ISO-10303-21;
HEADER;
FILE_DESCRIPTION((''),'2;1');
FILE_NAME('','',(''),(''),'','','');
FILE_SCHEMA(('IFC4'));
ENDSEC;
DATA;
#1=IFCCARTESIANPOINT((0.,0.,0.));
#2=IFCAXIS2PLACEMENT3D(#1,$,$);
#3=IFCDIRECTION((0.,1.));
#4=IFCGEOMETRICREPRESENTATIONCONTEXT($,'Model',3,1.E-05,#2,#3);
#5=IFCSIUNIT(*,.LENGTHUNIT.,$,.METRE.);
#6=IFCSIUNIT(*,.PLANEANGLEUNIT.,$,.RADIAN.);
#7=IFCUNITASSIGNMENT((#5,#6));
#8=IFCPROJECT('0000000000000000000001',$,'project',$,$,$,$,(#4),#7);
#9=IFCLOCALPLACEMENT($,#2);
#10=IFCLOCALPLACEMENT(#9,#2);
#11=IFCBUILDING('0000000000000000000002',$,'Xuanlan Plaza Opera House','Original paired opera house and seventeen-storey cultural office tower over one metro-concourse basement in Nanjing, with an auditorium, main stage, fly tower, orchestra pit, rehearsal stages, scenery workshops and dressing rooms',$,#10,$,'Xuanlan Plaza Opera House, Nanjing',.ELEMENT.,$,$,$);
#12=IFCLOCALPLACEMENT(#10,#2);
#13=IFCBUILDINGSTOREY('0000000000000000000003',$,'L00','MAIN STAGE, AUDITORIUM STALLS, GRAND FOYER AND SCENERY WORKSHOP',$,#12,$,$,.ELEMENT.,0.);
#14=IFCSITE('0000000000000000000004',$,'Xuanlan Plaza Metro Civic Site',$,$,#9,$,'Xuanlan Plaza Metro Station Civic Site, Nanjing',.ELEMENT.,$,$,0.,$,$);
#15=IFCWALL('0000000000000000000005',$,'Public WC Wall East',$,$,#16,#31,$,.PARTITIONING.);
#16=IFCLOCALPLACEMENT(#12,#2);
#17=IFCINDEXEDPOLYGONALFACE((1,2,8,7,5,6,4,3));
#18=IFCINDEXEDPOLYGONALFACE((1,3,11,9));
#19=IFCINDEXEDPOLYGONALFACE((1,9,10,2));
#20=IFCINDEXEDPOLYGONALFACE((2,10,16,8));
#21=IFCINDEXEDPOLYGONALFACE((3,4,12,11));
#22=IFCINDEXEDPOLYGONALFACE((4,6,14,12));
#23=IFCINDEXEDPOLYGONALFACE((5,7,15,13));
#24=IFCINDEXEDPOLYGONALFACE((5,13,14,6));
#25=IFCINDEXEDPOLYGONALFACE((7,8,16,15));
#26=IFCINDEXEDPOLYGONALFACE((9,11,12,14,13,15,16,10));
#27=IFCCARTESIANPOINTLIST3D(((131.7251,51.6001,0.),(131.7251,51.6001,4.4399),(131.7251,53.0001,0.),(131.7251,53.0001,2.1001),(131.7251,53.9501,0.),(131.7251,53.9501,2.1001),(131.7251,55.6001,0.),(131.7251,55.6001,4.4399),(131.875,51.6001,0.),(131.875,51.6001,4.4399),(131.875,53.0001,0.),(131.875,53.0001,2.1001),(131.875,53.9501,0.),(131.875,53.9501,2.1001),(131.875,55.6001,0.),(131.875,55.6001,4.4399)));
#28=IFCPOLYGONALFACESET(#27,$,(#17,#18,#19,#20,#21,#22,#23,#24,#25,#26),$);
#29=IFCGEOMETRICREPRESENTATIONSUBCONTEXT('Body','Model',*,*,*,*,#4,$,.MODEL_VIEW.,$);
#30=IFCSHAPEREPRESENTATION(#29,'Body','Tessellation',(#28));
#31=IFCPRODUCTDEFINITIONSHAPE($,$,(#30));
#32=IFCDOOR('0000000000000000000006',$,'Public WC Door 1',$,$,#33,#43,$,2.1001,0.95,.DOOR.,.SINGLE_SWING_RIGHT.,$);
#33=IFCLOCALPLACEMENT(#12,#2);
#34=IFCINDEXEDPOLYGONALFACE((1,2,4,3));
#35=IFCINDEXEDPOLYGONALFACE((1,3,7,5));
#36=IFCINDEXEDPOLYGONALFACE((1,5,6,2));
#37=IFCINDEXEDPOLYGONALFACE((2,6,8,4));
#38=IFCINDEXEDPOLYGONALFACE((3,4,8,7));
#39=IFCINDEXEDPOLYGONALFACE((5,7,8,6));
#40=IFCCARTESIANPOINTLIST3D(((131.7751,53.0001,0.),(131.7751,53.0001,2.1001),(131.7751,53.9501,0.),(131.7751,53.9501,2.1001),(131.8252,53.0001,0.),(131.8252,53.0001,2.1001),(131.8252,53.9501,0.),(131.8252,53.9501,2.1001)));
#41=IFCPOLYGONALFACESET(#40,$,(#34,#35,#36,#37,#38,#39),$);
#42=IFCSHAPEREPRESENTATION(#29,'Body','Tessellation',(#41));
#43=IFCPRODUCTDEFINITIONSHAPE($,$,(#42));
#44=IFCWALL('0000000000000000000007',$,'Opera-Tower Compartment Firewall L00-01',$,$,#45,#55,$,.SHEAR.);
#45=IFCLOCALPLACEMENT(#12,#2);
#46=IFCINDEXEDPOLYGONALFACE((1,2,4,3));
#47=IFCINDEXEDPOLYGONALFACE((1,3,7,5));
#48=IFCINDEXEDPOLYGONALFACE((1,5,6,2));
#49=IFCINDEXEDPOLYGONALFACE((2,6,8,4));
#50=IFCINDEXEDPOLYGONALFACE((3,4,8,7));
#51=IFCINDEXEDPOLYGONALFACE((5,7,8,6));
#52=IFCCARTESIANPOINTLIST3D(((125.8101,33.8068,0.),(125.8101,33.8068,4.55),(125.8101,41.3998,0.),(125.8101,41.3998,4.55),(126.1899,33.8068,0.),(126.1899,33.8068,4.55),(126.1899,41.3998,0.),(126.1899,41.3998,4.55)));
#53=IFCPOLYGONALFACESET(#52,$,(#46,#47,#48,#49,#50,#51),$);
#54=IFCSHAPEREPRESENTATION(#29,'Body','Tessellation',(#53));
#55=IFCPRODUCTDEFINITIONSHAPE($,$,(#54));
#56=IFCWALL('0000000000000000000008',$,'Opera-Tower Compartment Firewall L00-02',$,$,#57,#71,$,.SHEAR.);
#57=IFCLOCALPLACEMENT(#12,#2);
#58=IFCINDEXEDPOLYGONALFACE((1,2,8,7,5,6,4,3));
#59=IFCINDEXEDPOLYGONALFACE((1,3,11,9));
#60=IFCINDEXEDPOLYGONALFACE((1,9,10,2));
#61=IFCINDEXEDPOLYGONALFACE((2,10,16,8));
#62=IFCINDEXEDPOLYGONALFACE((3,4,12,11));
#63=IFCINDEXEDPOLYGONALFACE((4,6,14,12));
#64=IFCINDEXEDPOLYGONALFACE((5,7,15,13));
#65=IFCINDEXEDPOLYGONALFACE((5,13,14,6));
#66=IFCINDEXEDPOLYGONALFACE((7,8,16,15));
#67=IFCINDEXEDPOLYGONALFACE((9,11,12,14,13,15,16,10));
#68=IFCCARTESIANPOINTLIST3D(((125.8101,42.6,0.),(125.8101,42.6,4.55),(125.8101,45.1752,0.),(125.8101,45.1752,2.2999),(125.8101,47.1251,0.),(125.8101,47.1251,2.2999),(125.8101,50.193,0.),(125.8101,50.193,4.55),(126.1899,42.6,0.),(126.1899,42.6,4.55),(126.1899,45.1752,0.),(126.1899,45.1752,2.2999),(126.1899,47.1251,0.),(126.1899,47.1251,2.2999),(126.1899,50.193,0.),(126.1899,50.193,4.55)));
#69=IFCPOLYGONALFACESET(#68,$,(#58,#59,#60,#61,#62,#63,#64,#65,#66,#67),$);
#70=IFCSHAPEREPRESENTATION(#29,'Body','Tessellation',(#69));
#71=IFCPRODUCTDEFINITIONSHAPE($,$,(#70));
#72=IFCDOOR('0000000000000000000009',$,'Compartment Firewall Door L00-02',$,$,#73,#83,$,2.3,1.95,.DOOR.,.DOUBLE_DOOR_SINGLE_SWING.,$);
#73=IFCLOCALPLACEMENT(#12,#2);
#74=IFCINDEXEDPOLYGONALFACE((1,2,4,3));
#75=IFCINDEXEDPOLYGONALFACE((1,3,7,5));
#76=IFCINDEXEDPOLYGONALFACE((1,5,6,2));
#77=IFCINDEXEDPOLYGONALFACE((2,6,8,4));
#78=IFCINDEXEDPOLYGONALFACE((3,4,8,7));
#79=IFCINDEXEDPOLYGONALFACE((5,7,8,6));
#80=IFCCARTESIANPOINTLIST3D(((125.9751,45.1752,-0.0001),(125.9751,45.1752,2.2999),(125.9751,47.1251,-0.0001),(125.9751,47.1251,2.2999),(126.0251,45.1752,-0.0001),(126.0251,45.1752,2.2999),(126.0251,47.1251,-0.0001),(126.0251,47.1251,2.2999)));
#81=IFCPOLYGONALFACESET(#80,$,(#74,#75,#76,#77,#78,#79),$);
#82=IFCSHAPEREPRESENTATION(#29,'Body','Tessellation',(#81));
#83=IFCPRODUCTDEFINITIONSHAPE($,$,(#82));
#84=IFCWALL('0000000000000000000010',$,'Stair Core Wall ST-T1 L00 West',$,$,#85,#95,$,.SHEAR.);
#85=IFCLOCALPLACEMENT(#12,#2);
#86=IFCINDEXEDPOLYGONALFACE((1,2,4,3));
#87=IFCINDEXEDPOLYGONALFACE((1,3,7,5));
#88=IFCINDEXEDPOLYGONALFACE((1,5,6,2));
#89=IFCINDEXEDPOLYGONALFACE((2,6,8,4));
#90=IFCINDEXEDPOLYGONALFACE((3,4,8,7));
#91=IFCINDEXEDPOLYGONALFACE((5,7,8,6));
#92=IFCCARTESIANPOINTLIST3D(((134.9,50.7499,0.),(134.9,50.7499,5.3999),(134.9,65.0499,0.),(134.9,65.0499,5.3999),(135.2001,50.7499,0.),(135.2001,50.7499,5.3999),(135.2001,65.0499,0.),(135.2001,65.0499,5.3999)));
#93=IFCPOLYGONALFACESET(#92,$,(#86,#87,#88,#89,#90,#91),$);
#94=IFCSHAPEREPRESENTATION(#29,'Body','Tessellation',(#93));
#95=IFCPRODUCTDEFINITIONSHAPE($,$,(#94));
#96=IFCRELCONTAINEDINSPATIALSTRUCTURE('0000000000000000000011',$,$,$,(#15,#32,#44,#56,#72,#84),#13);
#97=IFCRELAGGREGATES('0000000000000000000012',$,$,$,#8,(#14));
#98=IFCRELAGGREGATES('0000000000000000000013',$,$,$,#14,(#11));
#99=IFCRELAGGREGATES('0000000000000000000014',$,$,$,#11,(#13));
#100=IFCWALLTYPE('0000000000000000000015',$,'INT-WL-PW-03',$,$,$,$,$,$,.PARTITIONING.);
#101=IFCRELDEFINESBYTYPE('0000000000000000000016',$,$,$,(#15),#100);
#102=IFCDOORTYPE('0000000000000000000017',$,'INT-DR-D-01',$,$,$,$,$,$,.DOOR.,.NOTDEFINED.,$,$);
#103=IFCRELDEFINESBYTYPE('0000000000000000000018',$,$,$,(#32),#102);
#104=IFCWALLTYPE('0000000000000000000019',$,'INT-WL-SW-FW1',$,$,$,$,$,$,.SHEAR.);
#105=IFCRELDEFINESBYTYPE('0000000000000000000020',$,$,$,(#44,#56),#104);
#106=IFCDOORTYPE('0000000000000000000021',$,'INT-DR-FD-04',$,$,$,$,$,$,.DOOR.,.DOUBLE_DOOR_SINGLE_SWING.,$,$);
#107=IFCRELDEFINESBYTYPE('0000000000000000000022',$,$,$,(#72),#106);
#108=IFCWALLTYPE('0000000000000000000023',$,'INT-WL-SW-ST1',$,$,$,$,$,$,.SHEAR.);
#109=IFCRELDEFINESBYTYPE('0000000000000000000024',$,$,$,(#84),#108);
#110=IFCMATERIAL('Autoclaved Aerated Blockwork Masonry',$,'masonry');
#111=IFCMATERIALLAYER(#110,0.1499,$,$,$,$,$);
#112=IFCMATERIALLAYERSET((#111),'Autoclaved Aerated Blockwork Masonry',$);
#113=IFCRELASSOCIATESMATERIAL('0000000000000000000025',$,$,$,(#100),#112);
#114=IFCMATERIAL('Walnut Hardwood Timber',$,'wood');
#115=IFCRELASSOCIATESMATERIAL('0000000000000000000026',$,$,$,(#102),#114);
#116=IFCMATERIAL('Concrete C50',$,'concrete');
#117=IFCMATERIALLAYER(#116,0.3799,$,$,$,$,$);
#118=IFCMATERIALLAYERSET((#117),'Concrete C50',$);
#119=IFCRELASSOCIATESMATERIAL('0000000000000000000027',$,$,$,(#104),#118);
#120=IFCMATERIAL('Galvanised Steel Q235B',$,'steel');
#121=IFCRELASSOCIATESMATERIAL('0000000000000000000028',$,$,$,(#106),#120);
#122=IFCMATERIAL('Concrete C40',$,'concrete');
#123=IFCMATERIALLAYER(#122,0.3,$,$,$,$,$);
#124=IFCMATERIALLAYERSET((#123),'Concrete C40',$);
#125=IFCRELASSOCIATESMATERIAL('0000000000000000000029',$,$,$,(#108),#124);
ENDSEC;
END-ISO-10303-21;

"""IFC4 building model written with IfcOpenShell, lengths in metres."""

from ifc_helpers import new_model, si_unit, direction, frame, frame_2d, origin, place, context, subcontext, project, spatial, rectangle, extrude, material, layer, layer_set, type_object, element, fill, save


model = new_model("IFC4")

# Units and contexts
model_context = context("Model", 3, precision=1e-05, world=origin(), true_north=direction((0.0, 1.0)))
body_context = subcontext(model_context, "Body", "Model", "MODEL_VIEW")
ifc_project = project(units=[si_unit("LENGTHUNIT", "METRE"), si_unit("PLANEANGLEUNIT", "RADIAN")], contexts=[model_context])

# Site, building, storey
site_placement = place(None, origin())
site = spatial("IfcSite", under=ifc_project, at=site_placement, Name="Xuanlan Plaza Metro Civic Site", LongName="Xuanlan Plaza Metro Station Civic Site, Nanjing", CompositionType="ELEMENT", RefElevation=0.0)
building_placement = place(site_placement, origin())
building = spatial("IfcBuilding", under=site, at=building_placement, Name="Xuanlan Plaza Opera House", Description="Original paired opera house and seventeen-storey cultural office tower over one metro-concourse basement in Nanjing, with an auditorium, main stage, fly tower, orchestra pit, rehearsal stages, scenery workshops and dressing rooms", LongName="Xuanlan Plaza Opera House, Nanjing", CompositionType="ELEMENT")
storey_placement = place(building_placement, origin())
storey = spatial("IfcBuildingStorey", under=building, at=storey_placement, Name="L00", Description="MAIN STAGE, AUDITORIUM STALLS, GRAND FOYER AND SCENERY WORKSHOP", CompositionType="ELEMENT", Elevation=0.0)

# Shared definitions
ifc_material_1 = material(Name="Concrete C40", Category="concrete")

# Shared definitions
ifc_material_2 = material(Name="Walnut Hardwood Timber", Category="wood")

# Shared definitions
ifc_material_3 = material(Name="Autoclaved Aerated Blockwork Masonry", Category="masonry")
ifc_layer_1 = layer(ifc_material_3, 0.1499)
ifc_layer_set_1 = layer_set([ifc_layer_1], Name="Autoclaved Aerated Blockwork Masonry")
wall_type_1 = type_object("IfcWallType", Name="INT-WL-PW-03", PredefinedType="PARTITIONING", material=ifc_layer_set_1)

# Wall, opening, door
wall_1_placement = place(storey_placement, frame((131.8, 51.6001, 0.0), z_axis=(0.0, 0.0, 1.0), x_axis=(0.0, 1.0, 0.0)))
wall_1 = element("IfcWall", 1, at=wall_1_placement, inside=storey, type_object=wall_type_1, Name="Public WC Wall East", PredefinedType="PARTITIONING", context=body_context, shape_type="SweptSolid", body=[
    extrude(rectangle(XDim=4.0, YDim=0.1499, at=frame_2d((2.0, 0.0))), origin(), (0.0, 0.0, 1.0), 4.4399),
])
opening_1_placement = place(wall_1_placement, frame((1.3999, 0.0, 0.0)))
opening_1 = element("IfcOpeningElement", 2, at=opening_1_placement, cuts=wall_1, PredefinedType="OPENING", context=body_context, shape_type="SweptSolid", body=[
    extrude(rectangle(XDim=0.95, YDim=2.1001, at=frame_2d((0.4751, 1.05))), frame((0.0, 0.085, 0.0), z_axis=(0.0, -1.0, 0.0), x_axis=(1.0, 0.0, 0.0)), (0.0, 0.0, 1.0), 0.1699),
])
door_type_1 = type_object("IfcDoorType", Name="INT-DR-D-01", OperationType="NOTDEFINED", PredefinedType="DOOR", material=ifc_material_2)
door_1_placement = place(opening_1_placement, origin())
door_1 = element("IfcDoor", 3, at=door_1_placement, inside=storey, type_object=door_type_1, Name="Public WC Door 1", OperationType="SINGLE_SWING_RIGHT", OverallHeight=2.1001, OverallWidth=0.95, PredefinedType="DOOR", context=body_context, shape_type="SweptSolid", body=[
    extrude(rectangle(XDim=0.95, YDim=2.1001, at=frame_2d((0.4751, 1.05))), frame((0.0, 0.0249, 0.0), z_axis=(0.0, -1.0, 0.0), x_axis=(1.0, 0.0, 0.0)), (0.0, 0.0, 1.0), 0.05),
])
fill(opening_1, door_1)

# Wall
ifc_material_4 = material(Name="Concrete C50", Category="concrete")
ifc_layer_2 = layer(ifc_material_4, 0.3799)
ifc_layer_set_2 = layer_set([ifc_layer_2], Name="Concrete C50")
wall_type_2 = type_object("IfcWallType", Name="INT-WL-SW-FW1", PredefinedType="SHEAR", material=ifc_layer_set_2)
wall_2_placement = place(storey_placement, frame((126.0, 33.8069, 0.0), z_axis=(0.0, 0.0, 1.0), x_axis=(0.0, 1.0, 0.0)))
element("IfcWall", 4, at=wall_2_placement, inside=storey, type_object=wall_type_2, Name="Opera-Tower Compartment Firewall L00-01", PredefinedType="SHEAR", context=body_context, shape_type="SweptSolid", body=[
    extrude(rectangle(XDim=7.593, YDim=0.3799, at=frame_2d((3.7964, 0.0))), origin(), (0.0, 0.0, 1.0), 4.55),
])

# Wall, opening, door
wall_3_placement = place(storey_placement, frame((126.0, 42.6001, 0.0), z_axis=(0.0, 0.0, 1.0), x_axis=(0.0, 1.0, 0.0)))
wall_3 = element("IfcWall", 5, at=wall_3_placement, inside=storey, type_object=wall_type_2, Name="Opera-Tower Compartment Firewall L00-02", PredefinedType="SHEAR", context=body_context, shape_type="SweptSolid", body=[
    extrude(rectangle(XDim=7.593, YDim=0.3799, at=frame_2d((3.7964, 0.0))), origin(), (0.0, 0.0, 1.0), 4.55),
])
opening_2_placement = place(wall_3_placement, frame((2.575, 0.0, 0.0)))
opening_2 = element("IfcOpeningElement", 6, at=opening_2_placement, cuts=wall_3, PredefinedType="OPENING", context=body_context, shape_type="SweptSolid", body=[
    extrude(rectangle(XDim=1.95, YDim=2.3, at=frame_2d((0.9751, 1.1499))), frame((0.0, 0.2, 0.0), z_axis=(0.0, -1.0, 0.0), x_axis=(1.0, 0.0, 0.0)), (0.0, 0.0, 1.0), 0.3999),
])
ifc_material_5 = material(Name="Galvanised Steel Q235B", Category="steel")
door_type_2 = type_object("IfcDoorType", Name="INT-DR-FD-04", OperationType="DOUBLE_DOOR_SINGLE_SWING", PredefinedType="DOOR", material=ifc_material_5)
door_2_placement = place(opening_2_placement, origin())
door_2 = element("IfcDoor", 7, at=door_2_placement, inside=storey, type_object=door_type_2, Name="Compartment Firewall Door L00-02", OperationType="DOUBLE_DOOR_SINGLE_SWING", OverallHeight=2.3, OverallWidth=1.95, PredefinedType="DOOR", context=body_context, shape_type="SweptSolid", body=[
    extrude(rectangle(XDim=1.95, YDim=2.3, at=frame_2d((0.9751, 1.1499))), frame((0.0, 0.0249, 0.0), z_axis=(0.0, -1.0, 0.0), x_axis=(1.0, 0.0, 0.0)), (0.0, 0.0, 1.0), 0.05),
])
fill(opening_2, door_2)
ifc_layer_3 = layer(ifc_material_1, 0.3)
ifc_layer_set_3 = layer_set([ifc_layer_3], Name="Concrete C40")
wall_type_3 = type_object("IfcWallType", Name="INT-WL-SW-ST1", PredefinedType="SHEAR", material=ifc_layer_set_3)

# Wall
wall_4_placement = place(storey_placement, frame((135.05, 50.75, 0.0), z_axis=(0.0, 0.0, 1.0), x_axis=(0.0, 1.0, 0.0)))
element("IfcWall", 8, at=wall_4_placement, inside=storey, type_object=wall_type_3, Name="Stair Core Wall ST-T1 L00 West", PredefinedType="SHEAR", context=body_context, shape_type="SweptSolid", body=[
    extrude(rectangle(XDim=14.3, YDim=0.3, at=frame_2d((7.1499, 0.0))), origin(), (0.0, 0.0, 1.0), 5.3999),
])

save(model, "model.ifc")
